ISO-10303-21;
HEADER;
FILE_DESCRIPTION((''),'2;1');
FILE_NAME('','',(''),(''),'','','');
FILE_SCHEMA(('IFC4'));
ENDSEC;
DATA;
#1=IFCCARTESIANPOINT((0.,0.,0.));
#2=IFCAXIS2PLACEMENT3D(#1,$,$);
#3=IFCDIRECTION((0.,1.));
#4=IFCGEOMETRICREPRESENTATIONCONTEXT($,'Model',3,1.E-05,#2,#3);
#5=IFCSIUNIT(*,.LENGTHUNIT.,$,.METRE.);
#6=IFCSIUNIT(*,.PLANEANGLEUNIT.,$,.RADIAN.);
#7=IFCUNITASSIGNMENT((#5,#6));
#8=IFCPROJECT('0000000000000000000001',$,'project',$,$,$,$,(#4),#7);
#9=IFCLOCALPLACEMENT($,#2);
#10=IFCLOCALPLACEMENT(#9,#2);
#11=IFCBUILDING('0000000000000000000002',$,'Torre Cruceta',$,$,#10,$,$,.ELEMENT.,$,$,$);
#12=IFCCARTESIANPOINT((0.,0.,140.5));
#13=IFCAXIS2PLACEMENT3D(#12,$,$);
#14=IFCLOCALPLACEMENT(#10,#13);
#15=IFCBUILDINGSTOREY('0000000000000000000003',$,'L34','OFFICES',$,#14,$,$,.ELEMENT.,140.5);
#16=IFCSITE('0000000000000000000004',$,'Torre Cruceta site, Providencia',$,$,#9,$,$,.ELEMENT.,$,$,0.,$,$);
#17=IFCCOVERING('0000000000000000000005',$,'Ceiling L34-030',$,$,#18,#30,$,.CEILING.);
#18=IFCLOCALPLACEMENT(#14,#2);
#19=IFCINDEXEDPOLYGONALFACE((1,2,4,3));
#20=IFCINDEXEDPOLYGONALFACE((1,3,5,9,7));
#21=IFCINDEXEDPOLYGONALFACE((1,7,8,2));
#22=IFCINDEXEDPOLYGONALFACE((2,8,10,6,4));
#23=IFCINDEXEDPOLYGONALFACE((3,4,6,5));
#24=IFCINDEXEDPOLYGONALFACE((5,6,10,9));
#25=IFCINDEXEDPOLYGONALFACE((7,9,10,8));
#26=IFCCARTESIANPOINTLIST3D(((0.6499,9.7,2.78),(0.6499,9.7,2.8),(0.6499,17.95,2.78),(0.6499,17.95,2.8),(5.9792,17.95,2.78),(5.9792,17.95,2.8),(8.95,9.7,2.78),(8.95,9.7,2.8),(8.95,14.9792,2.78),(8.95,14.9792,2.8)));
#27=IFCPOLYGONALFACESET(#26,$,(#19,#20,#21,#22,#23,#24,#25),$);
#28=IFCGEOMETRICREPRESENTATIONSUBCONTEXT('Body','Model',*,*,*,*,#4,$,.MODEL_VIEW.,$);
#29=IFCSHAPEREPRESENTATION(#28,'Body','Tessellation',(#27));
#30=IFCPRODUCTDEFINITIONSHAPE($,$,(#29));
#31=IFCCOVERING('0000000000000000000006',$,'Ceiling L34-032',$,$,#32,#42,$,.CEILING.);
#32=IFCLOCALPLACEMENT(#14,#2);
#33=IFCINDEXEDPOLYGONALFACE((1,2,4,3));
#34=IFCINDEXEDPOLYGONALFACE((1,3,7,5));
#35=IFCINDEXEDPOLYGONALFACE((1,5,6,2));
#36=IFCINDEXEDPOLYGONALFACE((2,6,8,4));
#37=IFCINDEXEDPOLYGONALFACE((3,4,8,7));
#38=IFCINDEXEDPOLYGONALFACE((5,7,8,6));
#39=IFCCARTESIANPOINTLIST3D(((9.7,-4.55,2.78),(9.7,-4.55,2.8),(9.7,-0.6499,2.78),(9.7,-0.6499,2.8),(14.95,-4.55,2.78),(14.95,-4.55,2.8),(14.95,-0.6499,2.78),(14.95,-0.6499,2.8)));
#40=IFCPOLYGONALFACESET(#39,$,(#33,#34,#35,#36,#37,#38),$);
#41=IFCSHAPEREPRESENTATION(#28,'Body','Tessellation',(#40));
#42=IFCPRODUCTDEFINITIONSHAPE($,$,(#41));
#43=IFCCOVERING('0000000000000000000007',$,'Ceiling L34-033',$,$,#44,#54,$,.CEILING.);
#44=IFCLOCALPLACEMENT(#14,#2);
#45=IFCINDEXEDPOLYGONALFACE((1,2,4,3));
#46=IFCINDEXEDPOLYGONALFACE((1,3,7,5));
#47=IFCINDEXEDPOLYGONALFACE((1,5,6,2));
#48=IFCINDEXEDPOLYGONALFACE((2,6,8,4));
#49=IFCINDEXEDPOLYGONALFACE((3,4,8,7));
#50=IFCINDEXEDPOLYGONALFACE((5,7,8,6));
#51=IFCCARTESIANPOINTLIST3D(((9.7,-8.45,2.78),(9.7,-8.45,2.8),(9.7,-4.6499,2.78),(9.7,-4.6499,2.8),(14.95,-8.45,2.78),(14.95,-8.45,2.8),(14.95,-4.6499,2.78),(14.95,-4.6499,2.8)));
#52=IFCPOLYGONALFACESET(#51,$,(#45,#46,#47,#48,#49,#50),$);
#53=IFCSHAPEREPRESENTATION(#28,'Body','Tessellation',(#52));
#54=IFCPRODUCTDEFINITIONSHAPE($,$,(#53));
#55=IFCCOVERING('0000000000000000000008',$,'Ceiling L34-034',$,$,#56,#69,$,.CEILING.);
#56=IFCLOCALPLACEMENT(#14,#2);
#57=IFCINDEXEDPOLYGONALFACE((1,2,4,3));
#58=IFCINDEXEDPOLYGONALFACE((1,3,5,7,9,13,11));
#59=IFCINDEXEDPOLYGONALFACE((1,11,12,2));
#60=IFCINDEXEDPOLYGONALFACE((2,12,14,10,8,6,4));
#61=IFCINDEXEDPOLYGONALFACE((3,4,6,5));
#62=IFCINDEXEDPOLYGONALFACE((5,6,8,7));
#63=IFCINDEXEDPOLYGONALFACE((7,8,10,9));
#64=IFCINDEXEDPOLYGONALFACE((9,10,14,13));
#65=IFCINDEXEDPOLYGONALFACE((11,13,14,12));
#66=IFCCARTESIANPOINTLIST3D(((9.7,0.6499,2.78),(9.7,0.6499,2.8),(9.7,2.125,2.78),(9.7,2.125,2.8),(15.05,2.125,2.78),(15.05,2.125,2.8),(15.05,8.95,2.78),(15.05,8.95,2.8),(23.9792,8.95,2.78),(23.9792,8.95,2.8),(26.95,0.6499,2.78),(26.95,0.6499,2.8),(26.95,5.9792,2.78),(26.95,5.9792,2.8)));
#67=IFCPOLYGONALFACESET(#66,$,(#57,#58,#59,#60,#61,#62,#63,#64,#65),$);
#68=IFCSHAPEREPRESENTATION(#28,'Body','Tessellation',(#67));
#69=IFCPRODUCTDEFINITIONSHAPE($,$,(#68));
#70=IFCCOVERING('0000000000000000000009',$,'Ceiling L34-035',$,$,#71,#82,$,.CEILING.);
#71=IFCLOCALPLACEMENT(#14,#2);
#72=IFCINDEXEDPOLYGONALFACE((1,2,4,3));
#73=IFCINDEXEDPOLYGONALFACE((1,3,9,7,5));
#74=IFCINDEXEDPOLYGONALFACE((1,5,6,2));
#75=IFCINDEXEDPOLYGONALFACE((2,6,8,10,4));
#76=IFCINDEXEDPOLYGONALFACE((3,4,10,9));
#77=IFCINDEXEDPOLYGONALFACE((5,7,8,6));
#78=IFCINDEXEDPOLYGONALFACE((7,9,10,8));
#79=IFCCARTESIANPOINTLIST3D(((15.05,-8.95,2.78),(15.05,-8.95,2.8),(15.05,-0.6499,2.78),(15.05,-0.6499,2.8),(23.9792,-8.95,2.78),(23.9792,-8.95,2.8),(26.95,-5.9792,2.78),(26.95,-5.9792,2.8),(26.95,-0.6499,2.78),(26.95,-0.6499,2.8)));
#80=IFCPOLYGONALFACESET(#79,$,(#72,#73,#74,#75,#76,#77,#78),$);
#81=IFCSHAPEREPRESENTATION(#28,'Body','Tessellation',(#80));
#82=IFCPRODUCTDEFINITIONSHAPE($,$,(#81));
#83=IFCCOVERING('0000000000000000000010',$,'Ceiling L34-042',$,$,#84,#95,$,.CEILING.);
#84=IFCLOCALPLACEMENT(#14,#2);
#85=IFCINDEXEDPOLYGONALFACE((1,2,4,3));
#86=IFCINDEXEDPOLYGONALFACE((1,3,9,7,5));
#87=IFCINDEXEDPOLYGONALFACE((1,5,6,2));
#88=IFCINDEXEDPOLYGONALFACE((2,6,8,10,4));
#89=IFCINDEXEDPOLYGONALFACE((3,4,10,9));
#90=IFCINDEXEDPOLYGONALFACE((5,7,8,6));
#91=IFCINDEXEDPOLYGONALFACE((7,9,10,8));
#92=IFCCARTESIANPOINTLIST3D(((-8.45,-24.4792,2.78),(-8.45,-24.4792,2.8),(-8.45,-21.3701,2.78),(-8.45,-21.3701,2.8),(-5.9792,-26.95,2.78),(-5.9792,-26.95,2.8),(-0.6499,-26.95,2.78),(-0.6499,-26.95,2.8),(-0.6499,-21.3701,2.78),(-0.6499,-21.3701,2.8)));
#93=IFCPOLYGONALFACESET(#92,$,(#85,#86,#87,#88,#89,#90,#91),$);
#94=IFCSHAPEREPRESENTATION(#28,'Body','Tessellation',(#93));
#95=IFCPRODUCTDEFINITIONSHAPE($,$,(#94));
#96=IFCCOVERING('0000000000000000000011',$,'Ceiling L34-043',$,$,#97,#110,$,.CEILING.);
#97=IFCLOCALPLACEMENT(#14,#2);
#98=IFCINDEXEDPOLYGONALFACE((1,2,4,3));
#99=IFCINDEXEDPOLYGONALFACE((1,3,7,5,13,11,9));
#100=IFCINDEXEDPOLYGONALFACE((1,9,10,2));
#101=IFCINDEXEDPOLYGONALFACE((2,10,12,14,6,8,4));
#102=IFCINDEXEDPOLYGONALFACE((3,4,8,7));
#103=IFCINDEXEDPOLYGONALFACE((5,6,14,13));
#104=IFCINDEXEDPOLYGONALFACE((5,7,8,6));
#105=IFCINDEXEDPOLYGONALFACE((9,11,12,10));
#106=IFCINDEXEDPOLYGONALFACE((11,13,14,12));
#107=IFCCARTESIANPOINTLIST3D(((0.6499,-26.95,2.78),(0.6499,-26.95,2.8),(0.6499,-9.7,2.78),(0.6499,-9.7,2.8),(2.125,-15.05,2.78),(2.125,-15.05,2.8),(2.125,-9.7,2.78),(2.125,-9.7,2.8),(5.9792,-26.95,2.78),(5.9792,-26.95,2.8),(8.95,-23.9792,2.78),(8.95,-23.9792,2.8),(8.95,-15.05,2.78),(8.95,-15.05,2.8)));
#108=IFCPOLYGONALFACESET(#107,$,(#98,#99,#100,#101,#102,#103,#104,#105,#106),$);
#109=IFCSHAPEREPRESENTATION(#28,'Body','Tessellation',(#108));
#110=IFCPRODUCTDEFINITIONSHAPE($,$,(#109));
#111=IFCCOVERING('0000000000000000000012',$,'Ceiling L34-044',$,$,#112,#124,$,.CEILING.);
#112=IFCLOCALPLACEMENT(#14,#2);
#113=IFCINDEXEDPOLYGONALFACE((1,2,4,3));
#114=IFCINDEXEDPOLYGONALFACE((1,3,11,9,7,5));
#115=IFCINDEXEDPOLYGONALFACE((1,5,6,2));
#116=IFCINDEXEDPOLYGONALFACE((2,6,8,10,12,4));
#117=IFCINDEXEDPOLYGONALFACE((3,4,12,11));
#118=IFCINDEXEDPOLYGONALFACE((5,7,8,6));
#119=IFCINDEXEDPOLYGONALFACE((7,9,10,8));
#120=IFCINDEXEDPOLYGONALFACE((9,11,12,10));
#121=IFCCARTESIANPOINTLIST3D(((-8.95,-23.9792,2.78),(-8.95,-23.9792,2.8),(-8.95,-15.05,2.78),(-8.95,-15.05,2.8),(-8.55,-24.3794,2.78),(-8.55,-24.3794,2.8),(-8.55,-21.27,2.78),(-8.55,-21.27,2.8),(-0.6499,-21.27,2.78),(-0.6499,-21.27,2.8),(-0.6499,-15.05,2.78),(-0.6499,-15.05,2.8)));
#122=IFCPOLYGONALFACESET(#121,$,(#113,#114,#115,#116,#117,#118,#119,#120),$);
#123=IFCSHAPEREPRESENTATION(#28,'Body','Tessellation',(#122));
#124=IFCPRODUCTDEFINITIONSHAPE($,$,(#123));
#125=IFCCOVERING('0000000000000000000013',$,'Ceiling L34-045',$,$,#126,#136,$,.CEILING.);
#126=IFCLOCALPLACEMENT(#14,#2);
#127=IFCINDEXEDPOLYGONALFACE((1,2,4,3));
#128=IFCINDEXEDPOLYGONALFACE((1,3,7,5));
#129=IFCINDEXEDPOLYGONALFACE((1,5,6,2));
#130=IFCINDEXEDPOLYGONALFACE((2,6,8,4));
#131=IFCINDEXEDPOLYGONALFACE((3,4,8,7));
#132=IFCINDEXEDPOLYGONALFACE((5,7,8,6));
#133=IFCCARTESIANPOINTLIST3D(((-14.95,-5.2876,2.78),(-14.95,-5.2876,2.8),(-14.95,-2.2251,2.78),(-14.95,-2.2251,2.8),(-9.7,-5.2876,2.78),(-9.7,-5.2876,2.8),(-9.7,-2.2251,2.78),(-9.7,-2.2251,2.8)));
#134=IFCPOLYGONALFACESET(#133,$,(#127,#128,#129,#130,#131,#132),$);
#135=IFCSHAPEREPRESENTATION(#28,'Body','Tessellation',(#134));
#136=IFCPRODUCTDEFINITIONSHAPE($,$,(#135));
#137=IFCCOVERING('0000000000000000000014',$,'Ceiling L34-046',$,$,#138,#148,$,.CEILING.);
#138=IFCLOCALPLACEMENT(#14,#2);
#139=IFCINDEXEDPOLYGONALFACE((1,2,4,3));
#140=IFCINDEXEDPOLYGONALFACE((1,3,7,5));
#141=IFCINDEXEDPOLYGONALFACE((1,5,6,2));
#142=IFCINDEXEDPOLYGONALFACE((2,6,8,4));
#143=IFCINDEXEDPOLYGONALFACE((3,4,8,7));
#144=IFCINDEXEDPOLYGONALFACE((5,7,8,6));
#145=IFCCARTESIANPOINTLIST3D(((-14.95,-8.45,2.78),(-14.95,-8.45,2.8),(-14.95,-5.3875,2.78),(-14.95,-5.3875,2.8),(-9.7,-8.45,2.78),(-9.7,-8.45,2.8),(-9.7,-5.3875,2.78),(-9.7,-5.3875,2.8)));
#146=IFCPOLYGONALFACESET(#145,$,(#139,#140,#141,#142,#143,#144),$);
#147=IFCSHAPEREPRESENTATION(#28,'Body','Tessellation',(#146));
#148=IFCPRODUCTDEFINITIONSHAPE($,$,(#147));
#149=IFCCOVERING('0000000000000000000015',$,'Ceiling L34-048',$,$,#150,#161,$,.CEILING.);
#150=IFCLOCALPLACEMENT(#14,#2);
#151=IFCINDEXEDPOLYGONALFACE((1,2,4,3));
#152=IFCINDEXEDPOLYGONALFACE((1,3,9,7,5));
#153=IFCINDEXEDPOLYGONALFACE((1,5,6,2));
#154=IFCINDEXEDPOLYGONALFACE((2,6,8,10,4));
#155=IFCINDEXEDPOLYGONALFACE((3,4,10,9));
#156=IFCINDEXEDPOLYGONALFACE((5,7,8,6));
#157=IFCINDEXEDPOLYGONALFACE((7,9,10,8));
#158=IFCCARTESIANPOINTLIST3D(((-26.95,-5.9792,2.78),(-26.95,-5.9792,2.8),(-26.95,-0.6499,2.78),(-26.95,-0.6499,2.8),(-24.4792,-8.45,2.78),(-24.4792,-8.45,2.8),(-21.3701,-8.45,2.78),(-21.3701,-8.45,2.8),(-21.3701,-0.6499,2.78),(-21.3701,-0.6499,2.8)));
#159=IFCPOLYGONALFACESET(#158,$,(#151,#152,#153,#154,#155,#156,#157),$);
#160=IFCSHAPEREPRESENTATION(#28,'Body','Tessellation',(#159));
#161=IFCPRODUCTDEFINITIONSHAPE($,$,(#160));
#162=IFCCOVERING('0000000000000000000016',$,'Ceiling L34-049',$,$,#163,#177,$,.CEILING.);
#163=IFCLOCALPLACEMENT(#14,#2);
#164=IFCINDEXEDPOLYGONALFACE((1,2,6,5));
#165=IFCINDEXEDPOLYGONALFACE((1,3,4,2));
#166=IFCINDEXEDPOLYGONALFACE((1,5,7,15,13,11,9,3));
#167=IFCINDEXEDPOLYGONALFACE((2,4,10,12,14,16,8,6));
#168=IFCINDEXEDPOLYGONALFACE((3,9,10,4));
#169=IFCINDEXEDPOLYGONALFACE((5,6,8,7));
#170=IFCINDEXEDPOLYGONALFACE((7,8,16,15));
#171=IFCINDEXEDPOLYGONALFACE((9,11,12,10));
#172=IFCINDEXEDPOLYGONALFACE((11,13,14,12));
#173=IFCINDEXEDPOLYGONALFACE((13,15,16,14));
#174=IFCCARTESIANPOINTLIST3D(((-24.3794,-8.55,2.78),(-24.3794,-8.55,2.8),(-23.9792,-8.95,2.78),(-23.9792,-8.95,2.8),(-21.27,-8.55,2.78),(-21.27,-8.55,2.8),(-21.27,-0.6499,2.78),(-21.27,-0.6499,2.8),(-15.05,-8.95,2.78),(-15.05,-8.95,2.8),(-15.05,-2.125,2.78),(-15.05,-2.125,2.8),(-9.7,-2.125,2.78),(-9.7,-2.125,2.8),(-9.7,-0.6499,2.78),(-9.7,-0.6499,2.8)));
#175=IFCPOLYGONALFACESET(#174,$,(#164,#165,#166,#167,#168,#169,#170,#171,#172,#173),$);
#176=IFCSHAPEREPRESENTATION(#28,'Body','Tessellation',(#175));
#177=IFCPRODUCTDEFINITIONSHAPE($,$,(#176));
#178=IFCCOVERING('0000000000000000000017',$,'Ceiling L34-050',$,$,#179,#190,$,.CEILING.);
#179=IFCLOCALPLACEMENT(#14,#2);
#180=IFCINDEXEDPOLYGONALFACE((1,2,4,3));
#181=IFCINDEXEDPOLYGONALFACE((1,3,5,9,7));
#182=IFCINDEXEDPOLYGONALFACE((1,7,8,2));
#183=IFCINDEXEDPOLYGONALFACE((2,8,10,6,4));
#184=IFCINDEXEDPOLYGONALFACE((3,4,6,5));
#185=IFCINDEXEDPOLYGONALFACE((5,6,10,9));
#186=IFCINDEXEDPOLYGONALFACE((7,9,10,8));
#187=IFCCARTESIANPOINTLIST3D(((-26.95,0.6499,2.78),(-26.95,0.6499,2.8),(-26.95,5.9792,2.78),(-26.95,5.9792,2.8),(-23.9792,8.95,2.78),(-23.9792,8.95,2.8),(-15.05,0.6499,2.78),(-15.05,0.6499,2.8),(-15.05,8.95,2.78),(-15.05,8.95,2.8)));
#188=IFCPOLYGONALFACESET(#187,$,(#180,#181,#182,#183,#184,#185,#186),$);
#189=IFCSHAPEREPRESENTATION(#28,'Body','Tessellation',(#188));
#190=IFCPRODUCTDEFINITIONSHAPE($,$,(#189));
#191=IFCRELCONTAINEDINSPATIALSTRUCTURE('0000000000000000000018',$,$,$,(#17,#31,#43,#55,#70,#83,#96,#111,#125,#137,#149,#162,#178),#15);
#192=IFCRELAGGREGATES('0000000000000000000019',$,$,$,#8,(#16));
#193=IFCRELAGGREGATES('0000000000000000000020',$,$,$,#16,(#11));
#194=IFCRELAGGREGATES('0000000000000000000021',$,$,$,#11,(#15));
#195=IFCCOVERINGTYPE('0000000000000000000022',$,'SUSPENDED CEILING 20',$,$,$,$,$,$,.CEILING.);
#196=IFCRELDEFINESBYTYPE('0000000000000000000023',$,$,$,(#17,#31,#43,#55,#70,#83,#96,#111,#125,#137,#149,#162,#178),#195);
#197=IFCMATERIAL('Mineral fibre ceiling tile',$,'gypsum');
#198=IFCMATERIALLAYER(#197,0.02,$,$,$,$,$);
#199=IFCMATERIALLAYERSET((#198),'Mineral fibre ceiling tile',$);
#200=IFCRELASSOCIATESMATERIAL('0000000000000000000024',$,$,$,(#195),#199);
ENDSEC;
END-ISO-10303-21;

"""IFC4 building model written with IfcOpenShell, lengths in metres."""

from ifc_helpers import new_model, si_unit, direction, frame, origin, place, context, subcontext, project, spatial, polyline, outline, extrude, material, layer, layer_set, type_object, element, save


model = new_model("IFC4")

# Units and contexts
model_context = context("Model", 3, precision=1e-05, world=origin(), true_north=direction((0.0, 1.0)))
body_context = subcontext(model_context, "Body", "Model", "MODEL_VIEW")
ifc_project = project(units=[si_unit("LENGTHUNIT", "METRE"), si_unit("PLANEANGLEUNIT", "RADIAN")], contexts=[model_context])

# Site, building, storey
site_placement = place(None, origin())
site = spatial("IfcSite", under=ifc_project, at=site_placement, Name="Torre Cruceta site, Providencia", CompositionType="ELEMENT", RefElevation=0.0)
building_placement = place(site_placement, origin())
building = spatial("IfcBuilding", under=site, at=building_placement, Name="Torre Cruceta", CompositionType="ELEMENT")
storey_placement = place(building_placement, frame((0.0, 0.0, 140.5)))
storey = spatial("IfcBuildingStorey", under=building, at=storey_placement, Name="L34", Description="OFFICES", CompositionType="ELEMENT", Elevation=140.5)

# Coverings
ifc_material_1 = material(Name="Mineral fibre ceiling tile", Category="gypsum")
ifc_layer_1 = layer(ifc_material_1, 0.02)
ifc_layer_set_1 = layer_set([ifc_layer_1], Name="Mineral fibre ceiling tile")
covering_type_1 = type_object("IfcCoveringType", Name="SUSPENDED CEILING 20", PredefinedType="CEILING", material=ifc_layer_set_1)
covering_1_placement = place(storey_placement, frame((0.0, 0.0, 2.78)))
element("IfcCovering", 1, at=covering_1_placement, inside=storey, type_object=covering_type_1, Name="Ceiling L34-030", PredefinedType="CEILING", context=body_context, shape_type="SweptSolid", body=[
    extrude(outline(polyline([(5.9792, 17.95), (8.95, 14.9792), (8.95, 9.7), (0.6499, 9.7), (0.6499, 17.95), (5.9792, 17.95)])), origin(), (0.0, 0.0, 1.0), 0.02),
])
covering_2_placement = place(storey_placement, frame((0.0, 0.0, 2.78)))
element("IfcCovering", 2, at=covering_2_placement, inside=storey, type_object=covering_type_1, Name="Ceiling L34-032", PredefinedType="CEILING", context=body_context, shape_type="SweptSolid", body=[
    extrude(outline(polyline([(9.7, -4.55), (9.7, -0.6499), (14.95, -0.6499), (14.95, -4.55), (9.7, -4.55)])), origin(), (0.0, 0.0, 1.0), 0.02),
])
covering_3_placement = place(storey_placement, frame((0.0, 0.0, 2.78)))
element("IfcCovering", 3, at=covering_3_placement, inside=storey, type_object=covering_type_1, Name="Ceiling L34-033", PredefinedType="CEILING", context=body_context, shape_type="SweptSolid", body=[
    extrude(outline(polyline([(9.7, -8.45), (9.7, -4.6499), (14.95, -4.6499), (14.95, -8.45), (9.7, -8.45)])), origin(), (0.0, 0.0, 1.0), 0.02),
])
covering_4_placement = place(storey_placement, frame((0.0, 0.0, 2.78)))
element("IfcCovering", 4, at=covering_4_placement, inside=storey, type_object=covering_type_1, Name="Ceiling L34-034", PredefinedType="CEILING", context=body_context, shape_type="SweptSolid", body=[
    extrude(outline(polyline([(26.95, 0.6499), (9.7, 0.6499), (9.7, 2.125), (15.05, 2.125), (15.05, 8.95), (23.9792, 8.95), (26.95, 5.9792), (26.95, 0.6499)])), origin(), (0.0, 0.0, 1.0), 0.02),
])
covering_5_placement = place(storey_placement, frame((0.0, 0.0, 2.78)))
element("IfcCovering", 5, at=covering_5_placement, inside=storey, type_object=covering_type_1, Name="Ceiling L34-035", PredefinedType="CEILING", context=body_context, shape_type="SweptSolid", body=[
    extrude(outline(polyline([(26.95, -5.9792), (23.9792, -8.95), (15.05, -8.95), (15.05, -0.6499), (26.95, -0.6499), (26.95, -5.9792)])), origin(), (0.0, 0.0, 1.0), 0.02),
])
covering_6_placement = place(storey_placement, frame((0.0, 0.0, 2.78)))
element("IfcCovering", 6, at=covering_6_placement, inside=storey, type_object=covering_type_1, Name="Ceiling L34-042", PredefinedType="CEILING", context=body_context, shape_type="SweptSolid", body=[
    extrude(outline(polyline([(-8.45, -24.4792), (-8.45, -21.3701), (-0.6499, -21.3701), (-0.6499, -26.95), (-5.9792, -26.95), (-8.45, -24.4792)])), origin(), (0.0, 0.0, 1.0), 0.02),
])
covering_7_placement = place(storey_placement, frame((0.0, 0.0, 2.78)))
element("IfcCovering", 7, at=covering_7_placement, inside=storey, type_object=covering_type_1, Name="Ceiling L34-043", PredefinedType="CEILING", context=body_context, shape_type="SweptSolid", body=[
    extrude(outline(polyline([(2.125, -9.7), (2.125, -15.05), (8.95, -15.05), (8.95, -23.9792), (5.9792, -26.95), (0.6499, -26.95), (0.6499, -9.7), (2.125, -9.7)])), origin(), (0.0, 0.0, 1.0), 0.02),
])
covering_8_placement = place(storey_placement, frame((0.0, 0.0, 2.78)))
element("IfcCovering", 8, at=covering_8_placement, inside=storey, type_object=covering_type_1, Name="Ceiling L34-044", PredefinedType="CEILING", context=body_context, shape_type="SweptSolid", body=[
    extrude(outline(polyline([(-8.55, -21.27), (-8.55, -24.3794), (-8.95, -23.9792), (-8.95, -15.05), (-0.6499, -15.05), (-0.6499, -21.27), (-8.55, -21.27)])), origin(), (0.0, 0.0, 1.0), 0.02),
])
covering_9_placement = place(storey_placement, frame((0.0, 0.0, 2.78)))
element("IfcCovering", 9, at=covering_9_placement, inside=storey, type_object=covering_type_1, Name="Ceiling L34-045", PredefinedType="CEILING", context=body_context, shape_type="SweptSolid", body=[
    extrude(outline(polyline([(-9.7, -2.2251), (-9.7, -5.2876), (-14.95, -5.2876), (-14.95, -2.2251), (-9.7, -2.2251)])), origin(), (0.0, 0.0, 1.0), 0.02),
])
covering_10_placement = place(storey_placement, frame((0.0, 0.0, 2.78)))
element("IfcCovering", 10, at=covering_10_placement, inside=storey, type_object=covering_type_1, Name="Ceiling L34-046", PredefinedType="CEILING", context=body_context, shape_type="SweptSolid", body=[
    extrude(outline(polyline([(-9.7, -5.3875), (-9.7, -8.45), (-14.95, -8.45), (-14.95, -5.3875), (-9.7, -5.3875)])), origin(), (0.0, 0.0, 1.0), 0.02),
])
covering_11_placement = place(storey_placement, frame((0.0, 0.0, 2.78)))
element("IfcCovering", 11, at=covering_11_placement, inside=storey, type_object=covering_type_1, Name="Ceiling L34-048", PredefinedType="CEILING", context=body_context, shape_type="SweptSolid", body=[
    extrude(outline(polyline([(-26.95, -0.6499), (-21.3701, -0.6499), (-21.3701, -8.45), (-24.4792, -8.45), (-26.95, -5.9792), (-26.95, -0.6499)])), origin(), (0.0, 0.0, 1.0), 0.02),
])
covering_12_placement = place(storey_placement, frame((0.0, 0.0, 2.78)))
element("IfcCovering", 12, at=covering_12_placement, inside=storey, type_object=covering_type_1, Name="Ceiling L34-049", PredefinedType="CEILING", context=body_context, shape_type="SweptSolid", body=[
    extrude(outline(polyline([(-9.7, -2.125), (-15.05, -2.125), (-15.05, -8.95), (-23.9792, -8.95), (-24.3794, -8.55), (-21.27, -8.55), (-21.27, -0.6499), (-9.7, -0.6499), (-9.7, -2.125)])), origin(), (0.0, 0.0, 1.0), 0.02),
])
covering_13_placement = place(storey_placement, frame((0.0, 0.0, 2.78)))
element("IfcCovering", 13, at=covering_13_placement, inside=storey, type_object=covering_type_1, Name="Ceiling L34-050", PredefinedType="CEILING", context=body_context, shape_type="SweptSolid", body=[
    extrude(outline(polyline([(-23.9792, 8.95), (-15.05, 8.95), (-15.05, 0.6499), (-26.95, 0.6499), (-26.95, 5.9792), (-23.9792, 8.95)])), origin(), (0.0, 0.0, 1.0), 0.02),
])

save(model, "model.ifc")
